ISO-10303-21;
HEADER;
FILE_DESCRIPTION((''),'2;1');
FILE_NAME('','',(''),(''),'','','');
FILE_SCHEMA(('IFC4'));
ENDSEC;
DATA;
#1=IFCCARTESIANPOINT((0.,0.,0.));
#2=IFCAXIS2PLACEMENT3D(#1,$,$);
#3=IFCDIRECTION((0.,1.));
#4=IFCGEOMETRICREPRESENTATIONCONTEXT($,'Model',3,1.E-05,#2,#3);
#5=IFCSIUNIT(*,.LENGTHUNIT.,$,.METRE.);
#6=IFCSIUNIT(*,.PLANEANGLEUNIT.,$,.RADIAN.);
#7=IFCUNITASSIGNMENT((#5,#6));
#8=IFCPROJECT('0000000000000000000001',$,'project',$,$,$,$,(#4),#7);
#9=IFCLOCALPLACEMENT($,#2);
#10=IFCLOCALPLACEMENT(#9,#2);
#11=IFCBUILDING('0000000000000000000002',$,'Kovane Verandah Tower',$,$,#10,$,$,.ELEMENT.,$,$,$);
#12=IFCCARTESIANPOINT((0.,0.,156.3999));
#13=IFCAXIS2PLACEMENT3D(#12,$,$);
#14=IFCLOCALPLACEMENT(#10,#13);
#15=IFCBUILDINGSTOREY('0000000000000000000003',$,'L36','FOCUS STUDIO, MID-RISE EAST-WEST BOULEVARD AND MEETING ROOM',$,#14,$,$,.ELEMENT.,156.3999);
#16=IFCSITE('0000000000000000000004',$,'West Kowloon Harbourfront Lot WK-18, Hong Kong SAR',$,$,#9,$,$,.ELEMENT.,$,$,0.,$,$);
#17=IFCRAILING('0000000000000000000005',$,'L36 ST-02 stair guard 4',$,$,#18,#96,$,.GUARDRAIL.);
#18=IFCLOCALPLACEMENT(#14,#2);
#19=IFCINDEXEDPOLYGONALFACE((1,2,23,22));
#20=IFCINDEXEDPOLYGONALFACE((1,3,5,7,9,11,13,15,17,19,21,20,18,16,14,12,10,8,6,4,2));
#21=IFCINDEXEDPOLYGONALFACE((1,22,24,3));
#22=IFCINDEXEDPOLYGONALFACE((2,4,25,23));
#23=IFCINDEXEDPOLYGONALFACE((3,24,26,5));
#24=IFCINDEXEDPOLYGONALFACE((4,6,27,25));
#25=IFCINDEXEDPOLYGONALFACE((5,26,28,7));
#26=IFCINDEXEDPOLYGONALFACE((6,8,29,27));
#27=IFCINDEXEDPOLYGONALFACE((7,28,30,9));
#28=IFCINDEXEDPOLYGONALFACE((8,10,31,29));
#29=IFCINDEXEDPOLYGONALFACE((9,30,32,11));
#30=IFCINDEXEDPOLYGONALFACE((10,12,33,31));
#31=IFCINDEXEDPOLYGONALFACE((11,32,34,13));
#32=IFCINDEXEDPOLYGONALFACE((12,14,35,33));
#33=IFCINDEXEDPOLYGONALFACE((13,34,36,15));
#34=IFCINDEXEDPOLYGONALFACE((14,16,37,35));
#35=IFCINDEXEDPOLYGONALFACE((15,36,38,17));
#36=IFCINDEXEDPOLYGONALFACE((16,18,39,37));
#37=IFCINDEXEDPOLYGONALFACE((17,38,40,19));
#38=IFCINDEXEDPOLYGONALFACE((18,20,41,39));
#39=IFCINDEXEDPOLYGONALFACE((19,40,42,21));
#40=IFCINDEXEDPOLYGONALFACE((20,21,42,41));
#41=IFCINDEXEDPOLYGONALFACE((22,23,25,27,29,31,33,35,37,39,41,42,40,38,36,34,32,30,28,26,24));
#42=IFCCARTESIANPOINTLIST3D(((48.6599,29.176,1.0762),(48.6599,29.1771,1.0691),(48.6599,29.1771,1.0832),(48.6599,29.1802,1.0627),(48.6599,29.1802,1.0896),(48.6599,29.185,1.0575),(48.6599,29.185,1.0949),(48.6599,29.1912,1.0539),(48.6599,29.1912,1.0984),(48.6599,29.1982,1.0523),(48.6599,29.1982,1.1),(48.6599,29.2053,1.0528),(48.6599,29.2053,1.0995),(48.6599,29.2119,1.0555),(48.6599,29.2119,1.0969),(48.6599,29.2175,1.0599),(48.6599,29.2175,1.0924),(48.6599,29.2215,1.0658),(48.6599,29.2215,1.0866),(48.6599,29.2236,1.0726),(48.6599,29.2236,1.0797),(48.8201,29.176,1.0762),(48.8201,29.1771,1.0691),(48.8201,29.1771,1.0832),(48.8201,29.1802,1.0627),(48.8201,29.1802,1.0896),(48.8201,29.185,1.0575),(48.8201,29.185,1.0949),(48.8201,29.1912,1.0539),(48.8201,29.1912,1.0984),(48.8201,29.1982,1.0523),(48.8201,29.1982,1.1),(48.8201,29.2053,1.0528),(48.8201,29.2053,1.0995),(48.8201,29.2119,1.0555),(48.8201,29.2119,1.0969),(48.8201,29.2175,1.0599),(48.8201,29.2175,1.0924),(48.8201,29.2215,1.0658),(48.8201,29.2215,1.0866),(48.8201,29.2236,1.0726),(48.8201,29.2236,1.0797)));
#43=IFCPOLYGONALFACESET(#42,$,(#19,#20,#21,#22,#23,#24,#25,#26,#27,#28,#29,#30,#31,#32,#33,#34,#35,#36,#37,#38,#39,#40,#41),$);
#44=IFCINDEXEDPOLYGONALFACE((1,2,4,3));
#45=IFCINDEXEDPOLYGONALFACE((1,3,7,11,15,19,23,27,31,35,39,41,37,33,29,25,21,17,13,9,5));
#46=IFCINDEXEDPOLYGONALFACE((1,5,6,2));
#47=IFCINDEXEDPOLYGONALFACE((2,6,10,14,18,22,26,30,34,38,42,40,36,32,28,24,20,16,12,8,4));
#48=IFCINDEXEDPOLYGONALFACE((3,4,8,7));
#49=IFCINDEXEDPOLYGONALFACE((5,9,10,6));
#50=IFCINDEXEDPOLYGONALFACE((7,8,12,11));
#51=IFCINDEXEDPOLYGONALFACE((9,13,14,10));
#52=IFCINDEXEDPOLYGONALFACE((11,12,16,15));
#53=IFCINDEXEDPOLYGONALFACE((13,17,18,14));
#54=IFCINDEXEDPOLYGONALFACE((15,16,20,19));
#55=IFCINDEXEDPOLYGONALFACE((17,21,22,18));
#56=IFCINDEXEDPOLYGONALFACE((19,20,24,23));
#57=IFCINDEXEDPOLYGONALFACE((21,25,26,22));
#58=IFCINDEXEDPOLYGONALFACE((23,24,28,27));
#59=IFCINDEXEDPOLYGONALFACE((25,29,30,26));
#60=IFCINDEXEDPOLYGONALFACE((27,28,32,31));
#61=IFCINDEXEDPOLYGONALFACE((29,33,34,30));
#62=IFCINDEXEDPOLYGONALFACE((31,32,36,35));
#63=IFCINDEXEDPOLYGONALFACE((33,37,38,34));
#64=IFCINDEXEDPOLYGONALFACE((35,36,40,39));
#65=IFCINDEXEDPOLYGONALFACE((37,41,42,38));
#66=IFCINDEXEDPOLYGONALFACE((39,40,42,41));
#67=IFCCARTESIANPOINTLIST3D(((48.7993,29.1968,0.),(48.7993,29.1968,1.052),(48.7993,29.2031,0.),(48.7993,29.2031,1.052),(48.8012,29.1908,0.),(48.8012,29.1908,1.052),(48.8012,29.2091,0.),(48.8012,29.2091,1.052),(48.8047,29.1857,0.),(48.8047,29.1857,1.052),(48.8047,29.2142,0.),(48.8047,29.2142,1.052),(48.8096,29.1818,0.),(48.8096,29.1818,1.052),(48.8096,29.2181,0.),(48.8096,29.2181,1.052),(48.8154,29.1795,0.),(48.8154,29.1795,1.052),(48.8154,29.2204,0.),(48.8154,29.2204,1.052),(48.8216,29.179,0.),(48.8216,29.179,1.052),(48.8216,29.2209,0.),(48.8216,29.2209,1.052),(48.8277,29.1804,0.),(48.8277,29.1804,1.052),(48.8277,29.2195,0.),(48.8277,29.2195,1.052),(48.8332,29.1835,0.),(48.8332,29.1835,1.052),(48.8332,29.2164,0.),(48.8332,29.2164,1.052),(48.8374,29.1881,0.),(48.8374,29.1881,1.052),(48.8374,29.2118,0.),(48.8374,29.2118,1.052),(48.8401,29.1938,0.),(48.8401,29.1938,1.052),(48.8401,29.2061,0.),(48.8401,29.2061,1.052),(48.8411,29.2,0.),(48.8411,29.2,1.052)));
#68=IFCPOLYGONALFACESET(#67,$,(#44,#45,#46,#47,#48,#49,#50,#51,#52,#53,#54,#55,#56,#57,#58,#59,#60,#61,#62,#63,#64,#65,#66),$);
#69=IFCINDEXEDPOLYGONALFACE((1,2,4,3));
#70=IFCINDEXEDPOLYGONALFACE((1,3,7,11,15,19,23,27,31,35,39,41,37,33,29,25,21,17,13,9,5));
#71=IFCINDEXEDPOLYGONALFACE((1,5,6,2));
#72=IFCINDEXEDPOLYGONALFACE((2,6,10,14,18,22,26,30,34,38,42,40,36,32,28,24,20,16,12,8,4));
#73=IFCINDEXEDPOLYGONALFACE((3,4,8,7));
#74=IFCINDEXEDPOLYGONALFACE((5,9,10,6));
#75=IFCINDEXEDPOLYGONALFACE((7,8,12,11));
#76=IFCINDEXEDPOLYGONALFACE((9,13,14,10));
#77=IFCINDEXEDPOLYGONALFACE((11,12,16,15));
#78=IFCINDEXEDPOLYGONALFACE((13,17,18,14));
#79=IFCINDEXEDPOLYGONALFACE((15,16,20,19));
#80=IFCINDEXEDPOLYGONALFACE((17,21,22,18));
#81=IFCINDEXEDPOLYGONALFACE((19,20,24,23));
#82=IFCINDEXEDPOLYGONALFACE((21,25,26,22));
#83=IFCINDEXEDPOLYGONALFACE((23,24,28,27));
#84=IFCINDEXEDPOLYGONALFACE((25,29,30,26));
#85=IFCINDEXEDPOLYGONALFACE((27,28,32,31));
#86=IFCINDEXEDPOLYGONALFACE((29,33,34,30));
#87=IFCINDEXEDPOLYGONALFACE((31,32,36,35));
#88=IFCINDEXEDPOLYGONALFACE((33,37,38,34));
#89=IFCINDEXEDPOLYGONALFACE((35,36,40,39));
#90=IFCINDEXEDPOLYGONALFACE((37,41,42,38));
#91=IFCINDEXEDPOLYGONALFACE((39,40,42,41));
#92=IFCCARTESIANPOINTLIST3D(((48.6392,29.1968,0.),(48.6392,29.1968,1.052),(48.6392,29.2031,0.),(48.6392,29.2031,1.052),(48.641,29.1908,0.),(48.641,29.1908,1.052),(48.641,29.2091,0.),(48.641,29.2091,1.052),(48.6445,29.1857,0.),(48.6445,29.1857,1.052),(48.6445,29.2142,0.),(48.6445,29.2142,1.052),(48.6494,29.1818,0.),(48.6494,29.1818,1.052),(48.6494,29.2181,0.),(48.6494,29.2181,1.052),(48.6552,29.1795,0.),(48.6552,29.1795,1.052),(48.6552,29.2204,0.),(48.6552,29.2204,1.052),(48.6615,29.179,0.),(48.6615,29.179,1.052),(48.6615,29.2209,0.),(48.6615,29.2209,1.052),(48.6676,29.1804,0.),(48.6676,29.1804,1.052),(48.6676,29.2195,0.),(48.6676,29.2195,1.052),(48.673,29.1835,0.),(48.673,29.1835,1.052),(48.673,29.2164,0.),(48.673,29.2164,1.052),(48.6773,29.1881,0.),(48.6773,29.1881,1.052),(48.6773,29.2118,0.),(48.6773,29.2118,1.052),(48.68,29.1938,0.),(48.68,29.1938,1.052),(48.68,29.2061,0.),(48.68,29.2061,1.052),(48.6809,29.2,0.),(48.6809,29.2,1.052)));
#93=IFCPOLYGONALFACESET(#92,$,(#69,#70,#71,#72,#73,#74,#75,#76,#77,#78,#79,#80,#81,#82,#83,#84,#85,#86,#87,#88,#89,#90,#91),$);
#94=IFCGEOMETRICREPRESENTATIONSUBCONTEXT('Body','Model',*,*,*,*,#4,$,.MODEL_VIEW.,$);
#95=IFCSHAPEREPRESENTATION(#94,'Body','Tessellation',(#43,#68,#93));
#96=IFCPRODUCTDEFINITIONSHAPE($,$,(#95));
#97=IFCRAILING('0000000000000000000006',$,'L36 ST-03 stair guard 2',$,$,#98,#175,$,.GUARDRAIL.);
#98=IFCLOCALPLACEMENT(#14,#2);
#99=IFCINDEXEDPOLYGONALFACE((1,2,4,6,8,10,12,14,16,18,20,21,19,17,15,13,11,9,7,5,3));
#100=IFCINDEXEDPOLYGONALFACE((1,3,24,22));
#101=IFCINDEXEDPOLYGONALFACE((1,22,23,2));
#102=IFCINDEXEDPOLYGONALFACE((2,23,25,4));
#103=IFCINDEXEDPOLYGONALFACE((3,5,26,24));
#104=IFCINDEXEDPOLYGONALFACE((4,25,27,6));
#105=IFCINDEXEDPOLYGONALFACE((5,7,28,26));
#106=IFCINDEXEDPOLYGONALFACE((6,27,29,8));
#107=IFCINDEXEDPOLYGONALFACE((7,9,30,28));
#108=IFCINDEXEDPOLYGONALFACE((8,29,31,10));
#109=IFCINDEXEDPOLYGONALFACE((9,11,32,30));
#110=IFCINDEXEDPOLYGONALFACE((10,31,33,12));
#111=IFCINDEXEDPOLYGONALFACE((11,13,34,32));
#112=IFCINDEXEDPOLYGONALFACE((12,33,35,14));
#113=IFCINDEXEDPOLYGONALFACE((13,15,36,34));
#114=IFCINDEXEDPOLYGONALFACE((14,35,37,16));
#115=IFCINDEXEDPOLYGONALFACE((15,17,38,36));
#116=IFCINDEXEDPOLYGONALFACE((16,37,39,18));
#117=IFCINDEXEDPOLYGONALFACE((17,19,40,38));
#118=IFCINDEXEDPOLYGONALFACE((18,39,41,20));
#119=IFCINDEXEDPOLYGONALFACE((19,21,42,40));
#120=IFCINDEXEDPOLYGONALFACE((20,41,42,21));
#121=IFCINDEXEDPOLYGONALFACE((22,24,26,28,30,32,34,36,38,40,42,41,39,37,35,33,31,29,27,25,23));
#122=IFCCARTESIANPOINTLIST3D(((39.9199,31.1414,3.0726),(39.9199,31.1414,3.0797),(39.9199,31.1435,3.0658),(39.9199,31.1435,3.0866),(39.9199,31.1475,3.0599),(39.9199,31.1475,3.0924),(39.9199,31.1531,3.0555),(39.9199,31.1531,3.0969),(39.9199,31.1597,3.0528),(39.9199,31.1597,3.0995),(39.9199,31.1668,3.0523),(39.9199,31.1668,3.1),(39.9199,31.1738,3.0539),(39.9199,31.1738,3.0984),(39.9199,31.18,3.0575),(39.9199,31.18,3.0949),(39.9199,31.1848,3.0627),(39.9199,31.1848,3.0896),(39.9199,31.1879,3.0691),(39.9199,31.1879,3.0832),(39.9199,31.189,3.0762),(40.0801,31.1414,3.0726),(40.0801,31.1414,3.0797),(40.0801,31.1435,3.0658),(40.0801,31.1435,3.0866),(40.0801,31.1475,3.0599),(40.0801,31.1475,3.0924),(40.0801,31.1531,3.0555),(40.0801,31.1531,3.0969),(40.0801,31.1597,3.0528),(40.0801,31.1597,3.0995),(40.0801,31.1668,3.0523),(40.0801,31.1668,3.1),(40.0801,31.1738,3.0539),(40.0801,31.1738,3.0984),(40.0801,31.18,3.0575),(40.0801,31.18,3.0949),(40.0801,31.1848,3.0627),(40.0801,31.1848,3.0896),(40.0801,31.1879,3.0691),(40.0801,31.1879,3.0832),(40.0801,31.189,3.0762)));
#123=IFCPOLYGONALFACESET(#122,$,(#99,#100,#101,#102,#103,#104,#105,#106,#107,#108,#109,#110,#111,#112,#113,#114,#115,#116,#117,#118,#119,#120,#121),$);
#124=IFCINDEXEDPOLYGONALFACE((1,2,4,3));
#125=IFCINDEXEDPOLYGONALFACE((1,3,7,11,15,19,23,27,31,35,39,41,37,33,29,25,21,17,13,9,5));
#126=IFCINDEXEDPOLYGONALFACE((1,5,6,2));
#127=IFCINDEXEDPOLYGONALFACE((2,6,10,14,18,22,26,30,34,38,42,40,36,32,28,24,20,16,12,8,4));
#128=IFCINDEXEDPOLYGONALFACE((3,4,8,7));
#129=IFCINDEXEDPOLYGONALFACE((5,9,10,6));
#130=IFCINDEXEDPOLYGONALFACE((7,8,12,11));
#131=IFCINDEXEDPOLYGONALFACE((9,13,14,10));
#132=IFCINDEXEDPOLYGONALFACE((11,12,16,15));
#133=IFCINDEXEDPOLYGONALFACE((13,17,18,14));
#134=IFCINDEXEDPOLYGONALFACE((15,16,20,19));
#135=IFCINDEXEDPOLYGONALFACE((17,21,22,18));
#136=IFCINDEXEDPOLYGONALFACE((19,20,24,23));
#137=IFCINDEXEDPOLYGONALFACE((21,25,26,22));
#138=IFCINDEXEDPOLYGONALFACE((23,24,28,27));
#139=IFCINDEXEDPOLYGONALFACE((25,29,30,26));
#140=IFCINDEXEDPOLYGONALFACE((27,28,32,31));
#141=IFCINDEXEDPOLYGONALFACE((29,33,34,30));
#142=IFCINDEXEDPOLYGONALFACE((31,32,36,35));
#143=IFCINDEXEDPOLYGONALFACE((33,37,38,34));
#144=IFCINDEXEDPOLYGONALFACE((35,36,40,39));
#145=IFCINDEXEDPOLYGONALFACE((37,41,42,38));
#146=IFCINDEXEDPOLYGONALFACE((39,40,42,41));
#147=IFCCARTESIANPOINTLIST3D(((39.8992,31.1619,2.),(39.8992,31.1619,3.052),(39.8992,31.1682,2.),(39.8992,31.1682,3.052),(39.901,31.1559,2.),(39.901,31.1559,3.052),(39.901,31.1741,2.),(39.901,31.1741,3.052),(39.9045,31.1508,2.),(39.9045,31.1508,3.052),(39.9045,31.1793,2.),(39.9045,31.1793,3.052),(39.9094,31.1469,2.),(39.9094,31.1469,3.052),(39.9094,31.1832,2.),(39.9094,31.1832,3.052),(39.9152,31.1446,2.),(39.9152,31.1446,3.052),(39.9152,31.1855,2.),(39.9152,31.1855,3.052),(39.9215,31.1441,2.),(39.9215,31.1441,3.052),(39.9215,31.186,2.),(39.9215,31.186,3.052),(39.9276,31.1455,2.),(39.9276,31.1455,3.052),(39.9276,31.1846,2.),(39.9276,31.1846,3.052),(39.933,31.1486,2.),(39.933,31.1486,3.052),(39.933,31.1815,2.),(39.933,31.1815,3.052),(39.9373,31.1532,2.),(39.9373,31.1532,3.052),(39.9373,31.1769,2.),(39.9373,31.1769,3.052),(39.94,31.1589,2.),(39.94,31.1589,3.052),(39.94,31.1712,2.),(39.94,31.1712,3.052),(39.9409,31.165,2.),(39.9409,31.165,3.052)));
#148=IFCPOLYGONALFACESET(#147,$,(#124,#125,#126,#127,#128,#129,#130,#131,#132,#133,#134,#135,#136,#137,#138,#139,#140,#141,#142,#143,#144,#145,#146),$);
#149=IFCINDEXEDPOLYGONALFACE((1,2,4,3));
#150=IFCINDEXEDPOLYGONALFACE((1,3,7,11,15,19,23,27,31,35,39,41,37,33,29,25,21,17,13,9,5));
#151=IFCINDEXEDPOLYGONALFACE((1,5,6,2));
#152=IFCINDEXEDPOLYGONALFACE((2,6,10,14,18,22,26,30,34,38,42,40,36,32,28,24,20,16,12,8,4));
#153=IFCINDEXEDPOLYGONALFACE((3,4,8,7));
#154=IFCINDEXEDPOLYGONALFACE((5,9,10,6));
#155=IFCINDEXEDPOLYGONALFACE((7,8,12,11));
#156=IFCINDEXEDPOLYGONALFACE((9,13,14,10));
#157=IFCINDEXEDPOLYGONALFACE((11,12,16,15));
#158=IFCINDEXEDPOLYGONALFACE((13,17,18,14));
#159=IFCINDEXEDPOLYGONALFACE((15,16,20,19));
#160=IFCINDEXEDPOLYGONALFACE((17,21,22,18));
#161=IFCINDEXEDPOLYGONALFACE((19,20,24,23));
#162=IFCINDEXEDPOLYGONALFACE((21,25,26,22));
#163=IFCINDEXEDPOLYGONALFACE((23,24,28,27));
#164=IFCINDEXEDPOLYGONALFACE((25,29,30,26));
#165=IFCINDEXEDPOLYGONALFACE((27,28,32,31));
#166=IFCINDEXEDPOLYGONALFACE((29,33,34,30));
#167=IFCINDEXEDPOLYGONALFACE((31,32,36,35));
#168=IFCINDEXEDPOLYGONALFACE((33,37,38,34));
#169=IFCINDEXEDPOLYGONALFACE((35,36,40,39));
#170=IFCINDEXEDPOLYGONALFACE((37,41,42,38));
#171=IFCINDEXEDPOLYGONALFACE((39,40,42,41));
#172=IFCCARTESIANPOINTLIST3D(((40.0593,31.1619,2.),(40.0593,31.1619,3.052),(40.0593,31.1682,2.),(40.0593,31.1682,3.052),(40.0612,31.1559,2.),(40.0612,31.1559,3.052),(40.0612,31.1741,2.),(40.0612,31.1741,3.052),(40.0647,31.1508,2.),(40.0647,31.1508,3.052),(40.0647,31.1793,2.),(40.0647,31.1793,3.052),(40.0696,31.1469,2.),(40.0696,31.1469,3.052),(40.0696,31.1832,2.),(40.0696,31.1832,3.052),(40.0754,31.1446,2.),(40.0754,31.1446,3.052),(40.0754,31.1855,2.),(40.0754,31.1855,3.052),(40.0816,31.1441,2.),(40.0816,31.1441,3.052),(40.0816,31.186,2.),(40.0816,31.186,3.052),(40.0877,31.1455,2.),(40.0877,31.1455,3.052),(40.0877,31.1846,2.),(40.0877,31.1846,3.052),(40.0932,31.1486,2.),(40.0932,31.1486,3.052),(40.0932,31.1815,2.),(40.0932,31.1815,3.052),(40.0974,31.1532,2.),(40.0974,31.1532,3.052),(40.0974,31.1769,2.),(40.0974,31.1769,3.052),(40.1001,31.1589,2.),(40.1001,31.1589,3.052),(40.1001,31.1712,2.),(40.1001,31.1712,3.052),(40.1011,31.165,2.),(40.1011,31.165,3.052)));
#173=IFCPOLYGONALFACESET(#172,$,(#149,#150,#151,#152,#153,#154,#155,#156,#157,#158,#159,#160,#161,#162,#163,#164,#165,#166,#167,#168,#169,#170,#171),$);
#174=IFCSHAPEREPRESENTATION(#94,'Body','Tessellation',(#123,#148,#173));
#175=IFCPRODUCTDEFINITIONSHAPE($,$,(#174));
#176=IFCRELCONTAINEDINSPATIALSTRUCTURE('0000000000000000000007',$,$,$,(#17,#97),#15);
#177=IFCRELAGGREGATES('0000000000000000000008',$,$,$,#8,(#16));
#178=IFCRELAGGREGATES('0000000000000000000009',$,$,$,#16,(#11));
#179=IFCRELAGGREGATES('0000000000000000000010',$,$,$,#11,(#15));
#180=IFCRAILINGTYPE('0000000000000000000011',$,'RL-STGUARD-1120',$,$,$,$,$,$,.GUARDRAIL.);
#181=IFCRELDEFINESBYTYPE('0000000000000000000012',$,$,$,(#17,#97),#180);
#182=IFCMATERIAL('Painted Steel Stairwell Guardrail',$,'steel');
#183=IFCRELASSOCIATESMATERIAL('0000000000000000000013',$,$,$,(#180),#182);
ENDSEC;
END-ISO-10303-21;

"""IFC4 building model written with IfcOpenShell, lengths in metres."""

from ifc_helpers import new_model, si_unit, direction, frame, origin, origin_2d, place, context, subcontext, project, spatial, circle, extrude, material, type_object, element, save


model = new_model("IFC4")

# Units and contexts
model_context = context("Model", 3, precision=1e-05, world=origin(), true_north=direction((0.0, 1.0)))
body_context = subcontext(model_context, "Body", "Model", "MODEL_VIEW")
ifc_project = project(units=[si_unit("LENGTHUNIT", "METRE"), si_unit("PLANEANGLEUNIT", "RADIAN")], contexts=[model_context])

# Site, building, storey
site_placement = place(None, origin())
site = spatial("IfcSite", under=ifc_project, at=site_placement, Name="West Kowloon Harbourfront Lot WK-18, Hong Kong SAR", CompositionType="ELEMENT", RefElevation=0.0)
building_placement = place(site_placement, origin())
building = spatial("IfcBuilding", under=site, at=building_placement, Name="Kovane Verandah Tower", CompositionType="ELEMENT")
storey_placement = place(building_placement, frame((0.0, 0.0, 156.3999)))
storey = spatial("IfcBuildingStorey", under=building, at=storey_placement, Name="L36", Description="FOCUS STUDIO, MID-RISE EAST-WEST BOULEVARD AND MEETING ROOM", CompositionType="ELEMENT", Elevation=156.3999)

# Railings
ifc_material_1 = material(Name="Painted Steel Stairwell Guardrail", Category="steel")
railing_type_1 = type_object("IfcRailingType", Name="RL-STGUARD-1120", PredefinedType="GUARDRAIL", material=ifc_material_1)
railing_1_placement = place(storey_placement, frame((48.8201, 29.2, 0.0)))
element("IfcRailing", 1, at=railing_1_placement, inside=storey, type_object=railing_type_1, Name="L36 ST-02 stair guard 4", PredefinedType="GUARDRAIL", context=body_context, shape_type="SweptSolid", body=[
    extrude(circle(Radius=0.0239, at=origin_2d()), frame((0.0, 0.0, 1.0762), z_axis=(-1.0, 0.0, 0.0), x_axis=(0.0, -1.0, 0.0)), (0.0, 0.0, 1.0), 0.1602),
    extrude(circle(Radius=0.021, at=origin_2d()), origin(), (0.0, 0.0, 1.0), 1.052),
    extrude(circle(Radius=0.021, at=origin_2d()), frame((-0.1602, 0.0, 0.0)), (0.0, 0.0, 1.0), 1.052),
])
railing_2_placement = place(storey_placement, frame((39.9199, 31.165, 2.0)))
element("IfcRailing", 2, at=railing_2_placement, inside=storey, type_object=railing_type_1, Name="L36 ST-03 stair guard 2", PredefinedType="GUARDRAIL", context=body_context, shape_type="SweptSolid", body=[
    extrude(circle(Radius=0.0239, at=origin_2d()), frame((0.0, 0.0, 1.0762), z_axis=(1.0, 0.0, 0.0), x_axis=(0.0, 1.0, 0.0)), (0.0, 0.0, 1.0), 0.1602),
    extrude(circle(Radius=0.021, at=origin_2d()), origin(), (0.0, 0.0, 1.0), 1.052),
    extrude(circle(Radius=0.021, at=origin_2d()), frame((0.1602, 0.0, 0.0)), (0.0, 0.0, 1.0), 1.052),
])

save(model, "model.ifc")
